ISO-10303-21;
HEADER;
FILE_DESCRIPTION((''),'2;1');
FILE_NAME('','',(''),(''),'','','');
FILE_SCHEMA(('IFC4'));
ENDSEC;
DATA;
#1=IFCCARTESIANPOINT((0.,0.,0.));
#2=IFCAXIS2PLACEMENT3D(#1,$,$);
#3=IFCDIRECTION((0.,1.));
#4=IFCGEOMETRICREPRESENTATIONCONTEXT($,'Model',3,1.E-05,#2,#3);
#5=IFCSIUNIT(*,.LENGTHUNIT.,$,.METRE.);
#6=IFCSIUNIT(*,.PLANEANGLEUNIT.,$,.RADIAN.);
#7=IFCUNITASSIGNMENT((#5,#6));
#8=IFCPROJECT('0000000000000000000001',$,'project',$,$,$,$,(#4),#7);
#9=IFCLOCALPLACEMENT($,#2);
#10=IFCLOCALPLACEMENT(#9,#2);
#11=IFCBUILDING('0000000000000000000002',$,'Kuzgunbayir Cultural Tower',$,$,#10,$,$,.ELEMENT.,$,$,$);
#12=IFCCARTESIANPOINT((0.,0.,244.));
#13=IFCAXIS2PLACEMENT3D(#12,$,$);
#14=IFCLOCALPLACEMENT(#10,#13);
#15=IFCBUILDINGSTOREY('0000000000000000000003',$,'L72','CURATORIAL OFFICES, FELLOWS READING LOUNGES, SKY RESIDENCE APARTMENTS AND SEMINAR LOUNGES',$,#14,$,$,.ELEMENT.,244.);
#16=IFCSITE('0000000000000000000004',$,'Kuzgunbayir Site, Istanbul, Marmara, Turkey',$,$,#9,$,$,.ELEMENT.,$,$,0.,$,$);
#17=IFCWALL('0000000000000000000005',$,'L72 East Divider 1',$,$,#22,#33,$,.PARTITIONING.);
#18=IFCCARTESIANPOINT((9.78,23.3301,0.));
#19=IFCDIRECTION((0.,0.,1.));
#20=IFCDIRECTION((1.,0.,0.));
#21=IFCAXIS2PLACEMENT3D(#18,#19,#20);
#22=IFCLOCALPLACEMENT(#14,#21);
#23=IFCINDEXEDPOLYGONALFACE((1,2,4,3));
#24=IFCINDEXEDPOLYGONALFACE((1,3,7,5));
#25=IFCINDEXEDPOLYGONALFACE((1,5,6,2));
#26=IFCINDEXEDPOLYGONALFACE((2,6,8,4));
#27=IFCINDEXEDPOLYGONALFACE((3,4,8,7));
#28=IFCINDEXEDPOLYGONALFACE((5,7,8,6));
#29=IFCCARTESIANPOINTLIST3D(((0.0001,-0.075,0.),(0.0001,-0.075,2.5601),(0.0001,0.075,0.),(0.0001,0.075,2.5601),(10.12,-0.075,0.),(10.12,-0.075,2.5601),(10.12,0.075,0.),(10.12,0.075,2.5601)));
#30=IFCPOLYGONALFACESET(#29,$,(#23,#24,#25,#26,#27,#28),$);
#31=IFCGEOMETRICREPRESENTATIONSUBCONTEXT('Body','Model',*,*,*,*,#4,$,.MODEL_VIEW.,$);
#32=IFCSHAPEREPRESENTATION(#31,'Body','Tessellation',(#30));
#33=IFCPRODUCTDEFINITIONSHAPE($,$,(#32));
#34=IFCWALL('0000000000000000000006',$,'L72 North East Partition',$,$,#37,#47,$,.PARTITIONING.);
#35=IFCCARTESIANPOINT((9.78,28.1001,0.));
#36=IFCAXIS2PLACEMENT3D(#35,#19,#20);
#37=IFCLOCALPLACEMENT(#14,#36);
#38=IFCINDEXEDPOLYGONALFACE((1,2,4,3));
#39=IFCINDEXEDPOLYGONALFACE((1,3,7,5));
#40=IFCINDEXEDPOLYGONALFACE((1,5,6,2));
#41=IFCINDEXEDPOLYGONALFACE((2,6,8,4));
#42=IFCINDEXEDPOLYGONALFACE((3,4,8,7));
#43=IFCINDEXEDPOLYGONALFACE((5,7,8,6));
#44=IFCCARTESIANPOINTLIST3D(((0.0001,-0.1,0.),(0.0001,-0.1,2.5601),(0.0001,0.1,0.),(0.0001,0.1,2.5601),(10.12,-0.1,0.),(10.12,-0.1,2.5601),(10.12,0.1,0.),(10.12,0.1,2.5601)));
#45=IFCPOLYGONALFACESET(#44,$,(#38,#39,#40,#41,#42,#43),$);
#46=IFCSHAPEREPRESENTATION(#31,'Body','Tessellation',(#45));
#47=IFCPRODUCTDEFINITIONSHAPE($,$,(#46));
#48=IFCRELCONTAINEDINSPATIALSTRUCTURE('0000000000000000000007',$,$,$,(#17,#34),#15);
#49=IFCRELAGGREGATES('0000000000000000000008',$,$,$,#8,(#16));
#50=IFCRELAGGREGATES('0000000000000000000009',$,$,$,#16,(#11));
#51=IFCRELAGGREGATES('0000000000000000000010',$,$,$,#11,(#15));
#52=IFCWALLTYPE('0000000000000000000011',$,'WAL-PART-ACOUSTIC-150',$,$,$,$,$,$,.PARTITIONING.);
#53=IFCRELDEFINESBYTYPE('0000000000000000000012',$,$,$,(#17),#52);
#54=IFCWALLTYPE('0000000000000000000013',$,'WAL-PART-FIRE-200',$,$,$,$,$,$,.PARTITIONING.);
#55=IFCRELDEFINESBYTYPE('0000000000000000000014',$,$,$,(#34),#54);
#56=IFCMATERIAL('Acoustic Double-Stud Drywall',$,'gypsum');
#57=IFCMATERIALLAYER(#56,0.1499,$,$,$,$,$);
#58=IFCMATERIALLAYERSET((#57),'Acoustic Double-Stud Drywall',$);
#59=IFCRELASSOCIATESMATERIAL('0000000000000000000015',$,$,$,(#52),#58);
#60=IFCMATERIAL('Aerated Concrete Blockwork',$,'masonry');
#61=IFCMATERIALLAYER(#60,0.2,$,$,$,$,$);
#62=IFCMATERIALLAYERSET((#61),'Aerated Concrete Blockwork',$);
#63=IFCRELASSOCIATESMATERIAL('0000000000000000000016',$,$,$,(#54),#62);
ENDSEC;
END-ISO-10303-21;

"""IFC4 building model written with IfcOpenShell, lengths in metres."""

from ifc_helpers import new_model, si_unit, direction, frame, frame_2d, origin, place, context, subcontext, project, spatial, rectangle, extrude, material, layer, layer_set, type_object, element, save


model = new_model("IFC4")

# Units and contexts
model_context = context("Model", 3, precision=1e-05, world=origin(), true_north=direction((0.0, 1.0)))
body_context = subcontext(model_context, "Body", "Model", "MODEL_VIEW")
ifc_project = project(units=[si_unit("LENGTHUNIT", "METRE"), si_unit("PLANEANGLEUNIT", "RADIAN")], contexts=[model_context])

# Site, building, storey
site_placement = place(None, origin())
site = spatial("IfcSite", under=ifc_project, at=site_placement, Name="Kuzgunbayir Site, Istanbul, Marmara, Turkey", CompositionType="ELEMENT", RefElevation=0.0)
building_placement = place(site_placement, origin())
building = spatial("IfcBuilding", under=site, at=building_placement, Name="Kuzgunbayir Cultural Tower", CompositionType="ELEMENT")
storey_placement = place(building_placement, frame((0.0, 0.0, 244.0)))
storey = spatial("IfcBuildingStorey", under=building, at=storey_placement, Name="L72", Description="CURATORIAL OFFICES, FELLOWS READING LOUNGES, SKY RESIDENCE APARTMENTS AND SEMINAR LOUNGES", CompositionType="ELEMENT", Elevation=244.0)

# Walls
ifc_material_1 = material(Name="Acoustic Double-Stud Drywall", Category="gypsum")
ifc_layer_1 = layer(ifc_material_1, 0.1499)
ifc_layer_set_1 = layer_set([ifc_layer_1], Name="Acoustic Double-Stud Drywall")
wall_type_1 = type_object("IfcWallType", Name="WAL-PART-ACOUSTIC-150", PredefinedType="PARTITIONING", material=ifc_layer_set_1)
wall_1_placement = place(storey_placement, frame((9.78, 23.3301, 0.0), z_axis=(0.0, 0.0, 1.0), x_axis=(1.0, 0.0, 0.0)))
element("IfcWall", 1, at=wall_1_placement, inside=storey, type_object=wall_type_1, Name="L72 East Divider 1", PredefinedType="PARTITIONING", context=body_context, shape_type="SweptSolid", body=[
    extrude(rectangle(XDim=10.1199, YDim=0.1499, at=frame_2d((5.0601, 0.0))), origin(), (0.0, 0.0, 1.0), 2.5601),
])
ifc_material_2 = material(Name="Aerated Concrete Blockwork", Category="masonry")
ifc_layer_2 = layer(ifc_material_2, 0.2)
ifc_layer_set_2 = layer_set([ifc_layer_2], Name="Aerated Concrete Blockwork")
wall_type_2 = type_object("IfcWallType", Name="WAL-PART-FIRE-200", PredefinedType="PARTITIONING", material=ifc_layer_set_2)
wall_2_placement = place(storey_placement, frame((9.78, 28.1001, 0.0), z_axis=(0.0, 0.0, 1.0), x_axis=(1.0, 0.0, 0.0)))
element("IfcWall", 2, at=wall_2_placement, inside=storey, type_object=wall_type_2, Name="L72 North East Partition", PredefinedType="PARTITIONING", context=body_context, shape_type="SweptSolid", body=[
    extrude(rectangle(XDim=10.1199, YDim=0.2, at=frame_2d((5.0601, 0.0))), origin(), (0.0, 0.0, 1.0), 2.5601),
])

save(model, "model.ifc")
